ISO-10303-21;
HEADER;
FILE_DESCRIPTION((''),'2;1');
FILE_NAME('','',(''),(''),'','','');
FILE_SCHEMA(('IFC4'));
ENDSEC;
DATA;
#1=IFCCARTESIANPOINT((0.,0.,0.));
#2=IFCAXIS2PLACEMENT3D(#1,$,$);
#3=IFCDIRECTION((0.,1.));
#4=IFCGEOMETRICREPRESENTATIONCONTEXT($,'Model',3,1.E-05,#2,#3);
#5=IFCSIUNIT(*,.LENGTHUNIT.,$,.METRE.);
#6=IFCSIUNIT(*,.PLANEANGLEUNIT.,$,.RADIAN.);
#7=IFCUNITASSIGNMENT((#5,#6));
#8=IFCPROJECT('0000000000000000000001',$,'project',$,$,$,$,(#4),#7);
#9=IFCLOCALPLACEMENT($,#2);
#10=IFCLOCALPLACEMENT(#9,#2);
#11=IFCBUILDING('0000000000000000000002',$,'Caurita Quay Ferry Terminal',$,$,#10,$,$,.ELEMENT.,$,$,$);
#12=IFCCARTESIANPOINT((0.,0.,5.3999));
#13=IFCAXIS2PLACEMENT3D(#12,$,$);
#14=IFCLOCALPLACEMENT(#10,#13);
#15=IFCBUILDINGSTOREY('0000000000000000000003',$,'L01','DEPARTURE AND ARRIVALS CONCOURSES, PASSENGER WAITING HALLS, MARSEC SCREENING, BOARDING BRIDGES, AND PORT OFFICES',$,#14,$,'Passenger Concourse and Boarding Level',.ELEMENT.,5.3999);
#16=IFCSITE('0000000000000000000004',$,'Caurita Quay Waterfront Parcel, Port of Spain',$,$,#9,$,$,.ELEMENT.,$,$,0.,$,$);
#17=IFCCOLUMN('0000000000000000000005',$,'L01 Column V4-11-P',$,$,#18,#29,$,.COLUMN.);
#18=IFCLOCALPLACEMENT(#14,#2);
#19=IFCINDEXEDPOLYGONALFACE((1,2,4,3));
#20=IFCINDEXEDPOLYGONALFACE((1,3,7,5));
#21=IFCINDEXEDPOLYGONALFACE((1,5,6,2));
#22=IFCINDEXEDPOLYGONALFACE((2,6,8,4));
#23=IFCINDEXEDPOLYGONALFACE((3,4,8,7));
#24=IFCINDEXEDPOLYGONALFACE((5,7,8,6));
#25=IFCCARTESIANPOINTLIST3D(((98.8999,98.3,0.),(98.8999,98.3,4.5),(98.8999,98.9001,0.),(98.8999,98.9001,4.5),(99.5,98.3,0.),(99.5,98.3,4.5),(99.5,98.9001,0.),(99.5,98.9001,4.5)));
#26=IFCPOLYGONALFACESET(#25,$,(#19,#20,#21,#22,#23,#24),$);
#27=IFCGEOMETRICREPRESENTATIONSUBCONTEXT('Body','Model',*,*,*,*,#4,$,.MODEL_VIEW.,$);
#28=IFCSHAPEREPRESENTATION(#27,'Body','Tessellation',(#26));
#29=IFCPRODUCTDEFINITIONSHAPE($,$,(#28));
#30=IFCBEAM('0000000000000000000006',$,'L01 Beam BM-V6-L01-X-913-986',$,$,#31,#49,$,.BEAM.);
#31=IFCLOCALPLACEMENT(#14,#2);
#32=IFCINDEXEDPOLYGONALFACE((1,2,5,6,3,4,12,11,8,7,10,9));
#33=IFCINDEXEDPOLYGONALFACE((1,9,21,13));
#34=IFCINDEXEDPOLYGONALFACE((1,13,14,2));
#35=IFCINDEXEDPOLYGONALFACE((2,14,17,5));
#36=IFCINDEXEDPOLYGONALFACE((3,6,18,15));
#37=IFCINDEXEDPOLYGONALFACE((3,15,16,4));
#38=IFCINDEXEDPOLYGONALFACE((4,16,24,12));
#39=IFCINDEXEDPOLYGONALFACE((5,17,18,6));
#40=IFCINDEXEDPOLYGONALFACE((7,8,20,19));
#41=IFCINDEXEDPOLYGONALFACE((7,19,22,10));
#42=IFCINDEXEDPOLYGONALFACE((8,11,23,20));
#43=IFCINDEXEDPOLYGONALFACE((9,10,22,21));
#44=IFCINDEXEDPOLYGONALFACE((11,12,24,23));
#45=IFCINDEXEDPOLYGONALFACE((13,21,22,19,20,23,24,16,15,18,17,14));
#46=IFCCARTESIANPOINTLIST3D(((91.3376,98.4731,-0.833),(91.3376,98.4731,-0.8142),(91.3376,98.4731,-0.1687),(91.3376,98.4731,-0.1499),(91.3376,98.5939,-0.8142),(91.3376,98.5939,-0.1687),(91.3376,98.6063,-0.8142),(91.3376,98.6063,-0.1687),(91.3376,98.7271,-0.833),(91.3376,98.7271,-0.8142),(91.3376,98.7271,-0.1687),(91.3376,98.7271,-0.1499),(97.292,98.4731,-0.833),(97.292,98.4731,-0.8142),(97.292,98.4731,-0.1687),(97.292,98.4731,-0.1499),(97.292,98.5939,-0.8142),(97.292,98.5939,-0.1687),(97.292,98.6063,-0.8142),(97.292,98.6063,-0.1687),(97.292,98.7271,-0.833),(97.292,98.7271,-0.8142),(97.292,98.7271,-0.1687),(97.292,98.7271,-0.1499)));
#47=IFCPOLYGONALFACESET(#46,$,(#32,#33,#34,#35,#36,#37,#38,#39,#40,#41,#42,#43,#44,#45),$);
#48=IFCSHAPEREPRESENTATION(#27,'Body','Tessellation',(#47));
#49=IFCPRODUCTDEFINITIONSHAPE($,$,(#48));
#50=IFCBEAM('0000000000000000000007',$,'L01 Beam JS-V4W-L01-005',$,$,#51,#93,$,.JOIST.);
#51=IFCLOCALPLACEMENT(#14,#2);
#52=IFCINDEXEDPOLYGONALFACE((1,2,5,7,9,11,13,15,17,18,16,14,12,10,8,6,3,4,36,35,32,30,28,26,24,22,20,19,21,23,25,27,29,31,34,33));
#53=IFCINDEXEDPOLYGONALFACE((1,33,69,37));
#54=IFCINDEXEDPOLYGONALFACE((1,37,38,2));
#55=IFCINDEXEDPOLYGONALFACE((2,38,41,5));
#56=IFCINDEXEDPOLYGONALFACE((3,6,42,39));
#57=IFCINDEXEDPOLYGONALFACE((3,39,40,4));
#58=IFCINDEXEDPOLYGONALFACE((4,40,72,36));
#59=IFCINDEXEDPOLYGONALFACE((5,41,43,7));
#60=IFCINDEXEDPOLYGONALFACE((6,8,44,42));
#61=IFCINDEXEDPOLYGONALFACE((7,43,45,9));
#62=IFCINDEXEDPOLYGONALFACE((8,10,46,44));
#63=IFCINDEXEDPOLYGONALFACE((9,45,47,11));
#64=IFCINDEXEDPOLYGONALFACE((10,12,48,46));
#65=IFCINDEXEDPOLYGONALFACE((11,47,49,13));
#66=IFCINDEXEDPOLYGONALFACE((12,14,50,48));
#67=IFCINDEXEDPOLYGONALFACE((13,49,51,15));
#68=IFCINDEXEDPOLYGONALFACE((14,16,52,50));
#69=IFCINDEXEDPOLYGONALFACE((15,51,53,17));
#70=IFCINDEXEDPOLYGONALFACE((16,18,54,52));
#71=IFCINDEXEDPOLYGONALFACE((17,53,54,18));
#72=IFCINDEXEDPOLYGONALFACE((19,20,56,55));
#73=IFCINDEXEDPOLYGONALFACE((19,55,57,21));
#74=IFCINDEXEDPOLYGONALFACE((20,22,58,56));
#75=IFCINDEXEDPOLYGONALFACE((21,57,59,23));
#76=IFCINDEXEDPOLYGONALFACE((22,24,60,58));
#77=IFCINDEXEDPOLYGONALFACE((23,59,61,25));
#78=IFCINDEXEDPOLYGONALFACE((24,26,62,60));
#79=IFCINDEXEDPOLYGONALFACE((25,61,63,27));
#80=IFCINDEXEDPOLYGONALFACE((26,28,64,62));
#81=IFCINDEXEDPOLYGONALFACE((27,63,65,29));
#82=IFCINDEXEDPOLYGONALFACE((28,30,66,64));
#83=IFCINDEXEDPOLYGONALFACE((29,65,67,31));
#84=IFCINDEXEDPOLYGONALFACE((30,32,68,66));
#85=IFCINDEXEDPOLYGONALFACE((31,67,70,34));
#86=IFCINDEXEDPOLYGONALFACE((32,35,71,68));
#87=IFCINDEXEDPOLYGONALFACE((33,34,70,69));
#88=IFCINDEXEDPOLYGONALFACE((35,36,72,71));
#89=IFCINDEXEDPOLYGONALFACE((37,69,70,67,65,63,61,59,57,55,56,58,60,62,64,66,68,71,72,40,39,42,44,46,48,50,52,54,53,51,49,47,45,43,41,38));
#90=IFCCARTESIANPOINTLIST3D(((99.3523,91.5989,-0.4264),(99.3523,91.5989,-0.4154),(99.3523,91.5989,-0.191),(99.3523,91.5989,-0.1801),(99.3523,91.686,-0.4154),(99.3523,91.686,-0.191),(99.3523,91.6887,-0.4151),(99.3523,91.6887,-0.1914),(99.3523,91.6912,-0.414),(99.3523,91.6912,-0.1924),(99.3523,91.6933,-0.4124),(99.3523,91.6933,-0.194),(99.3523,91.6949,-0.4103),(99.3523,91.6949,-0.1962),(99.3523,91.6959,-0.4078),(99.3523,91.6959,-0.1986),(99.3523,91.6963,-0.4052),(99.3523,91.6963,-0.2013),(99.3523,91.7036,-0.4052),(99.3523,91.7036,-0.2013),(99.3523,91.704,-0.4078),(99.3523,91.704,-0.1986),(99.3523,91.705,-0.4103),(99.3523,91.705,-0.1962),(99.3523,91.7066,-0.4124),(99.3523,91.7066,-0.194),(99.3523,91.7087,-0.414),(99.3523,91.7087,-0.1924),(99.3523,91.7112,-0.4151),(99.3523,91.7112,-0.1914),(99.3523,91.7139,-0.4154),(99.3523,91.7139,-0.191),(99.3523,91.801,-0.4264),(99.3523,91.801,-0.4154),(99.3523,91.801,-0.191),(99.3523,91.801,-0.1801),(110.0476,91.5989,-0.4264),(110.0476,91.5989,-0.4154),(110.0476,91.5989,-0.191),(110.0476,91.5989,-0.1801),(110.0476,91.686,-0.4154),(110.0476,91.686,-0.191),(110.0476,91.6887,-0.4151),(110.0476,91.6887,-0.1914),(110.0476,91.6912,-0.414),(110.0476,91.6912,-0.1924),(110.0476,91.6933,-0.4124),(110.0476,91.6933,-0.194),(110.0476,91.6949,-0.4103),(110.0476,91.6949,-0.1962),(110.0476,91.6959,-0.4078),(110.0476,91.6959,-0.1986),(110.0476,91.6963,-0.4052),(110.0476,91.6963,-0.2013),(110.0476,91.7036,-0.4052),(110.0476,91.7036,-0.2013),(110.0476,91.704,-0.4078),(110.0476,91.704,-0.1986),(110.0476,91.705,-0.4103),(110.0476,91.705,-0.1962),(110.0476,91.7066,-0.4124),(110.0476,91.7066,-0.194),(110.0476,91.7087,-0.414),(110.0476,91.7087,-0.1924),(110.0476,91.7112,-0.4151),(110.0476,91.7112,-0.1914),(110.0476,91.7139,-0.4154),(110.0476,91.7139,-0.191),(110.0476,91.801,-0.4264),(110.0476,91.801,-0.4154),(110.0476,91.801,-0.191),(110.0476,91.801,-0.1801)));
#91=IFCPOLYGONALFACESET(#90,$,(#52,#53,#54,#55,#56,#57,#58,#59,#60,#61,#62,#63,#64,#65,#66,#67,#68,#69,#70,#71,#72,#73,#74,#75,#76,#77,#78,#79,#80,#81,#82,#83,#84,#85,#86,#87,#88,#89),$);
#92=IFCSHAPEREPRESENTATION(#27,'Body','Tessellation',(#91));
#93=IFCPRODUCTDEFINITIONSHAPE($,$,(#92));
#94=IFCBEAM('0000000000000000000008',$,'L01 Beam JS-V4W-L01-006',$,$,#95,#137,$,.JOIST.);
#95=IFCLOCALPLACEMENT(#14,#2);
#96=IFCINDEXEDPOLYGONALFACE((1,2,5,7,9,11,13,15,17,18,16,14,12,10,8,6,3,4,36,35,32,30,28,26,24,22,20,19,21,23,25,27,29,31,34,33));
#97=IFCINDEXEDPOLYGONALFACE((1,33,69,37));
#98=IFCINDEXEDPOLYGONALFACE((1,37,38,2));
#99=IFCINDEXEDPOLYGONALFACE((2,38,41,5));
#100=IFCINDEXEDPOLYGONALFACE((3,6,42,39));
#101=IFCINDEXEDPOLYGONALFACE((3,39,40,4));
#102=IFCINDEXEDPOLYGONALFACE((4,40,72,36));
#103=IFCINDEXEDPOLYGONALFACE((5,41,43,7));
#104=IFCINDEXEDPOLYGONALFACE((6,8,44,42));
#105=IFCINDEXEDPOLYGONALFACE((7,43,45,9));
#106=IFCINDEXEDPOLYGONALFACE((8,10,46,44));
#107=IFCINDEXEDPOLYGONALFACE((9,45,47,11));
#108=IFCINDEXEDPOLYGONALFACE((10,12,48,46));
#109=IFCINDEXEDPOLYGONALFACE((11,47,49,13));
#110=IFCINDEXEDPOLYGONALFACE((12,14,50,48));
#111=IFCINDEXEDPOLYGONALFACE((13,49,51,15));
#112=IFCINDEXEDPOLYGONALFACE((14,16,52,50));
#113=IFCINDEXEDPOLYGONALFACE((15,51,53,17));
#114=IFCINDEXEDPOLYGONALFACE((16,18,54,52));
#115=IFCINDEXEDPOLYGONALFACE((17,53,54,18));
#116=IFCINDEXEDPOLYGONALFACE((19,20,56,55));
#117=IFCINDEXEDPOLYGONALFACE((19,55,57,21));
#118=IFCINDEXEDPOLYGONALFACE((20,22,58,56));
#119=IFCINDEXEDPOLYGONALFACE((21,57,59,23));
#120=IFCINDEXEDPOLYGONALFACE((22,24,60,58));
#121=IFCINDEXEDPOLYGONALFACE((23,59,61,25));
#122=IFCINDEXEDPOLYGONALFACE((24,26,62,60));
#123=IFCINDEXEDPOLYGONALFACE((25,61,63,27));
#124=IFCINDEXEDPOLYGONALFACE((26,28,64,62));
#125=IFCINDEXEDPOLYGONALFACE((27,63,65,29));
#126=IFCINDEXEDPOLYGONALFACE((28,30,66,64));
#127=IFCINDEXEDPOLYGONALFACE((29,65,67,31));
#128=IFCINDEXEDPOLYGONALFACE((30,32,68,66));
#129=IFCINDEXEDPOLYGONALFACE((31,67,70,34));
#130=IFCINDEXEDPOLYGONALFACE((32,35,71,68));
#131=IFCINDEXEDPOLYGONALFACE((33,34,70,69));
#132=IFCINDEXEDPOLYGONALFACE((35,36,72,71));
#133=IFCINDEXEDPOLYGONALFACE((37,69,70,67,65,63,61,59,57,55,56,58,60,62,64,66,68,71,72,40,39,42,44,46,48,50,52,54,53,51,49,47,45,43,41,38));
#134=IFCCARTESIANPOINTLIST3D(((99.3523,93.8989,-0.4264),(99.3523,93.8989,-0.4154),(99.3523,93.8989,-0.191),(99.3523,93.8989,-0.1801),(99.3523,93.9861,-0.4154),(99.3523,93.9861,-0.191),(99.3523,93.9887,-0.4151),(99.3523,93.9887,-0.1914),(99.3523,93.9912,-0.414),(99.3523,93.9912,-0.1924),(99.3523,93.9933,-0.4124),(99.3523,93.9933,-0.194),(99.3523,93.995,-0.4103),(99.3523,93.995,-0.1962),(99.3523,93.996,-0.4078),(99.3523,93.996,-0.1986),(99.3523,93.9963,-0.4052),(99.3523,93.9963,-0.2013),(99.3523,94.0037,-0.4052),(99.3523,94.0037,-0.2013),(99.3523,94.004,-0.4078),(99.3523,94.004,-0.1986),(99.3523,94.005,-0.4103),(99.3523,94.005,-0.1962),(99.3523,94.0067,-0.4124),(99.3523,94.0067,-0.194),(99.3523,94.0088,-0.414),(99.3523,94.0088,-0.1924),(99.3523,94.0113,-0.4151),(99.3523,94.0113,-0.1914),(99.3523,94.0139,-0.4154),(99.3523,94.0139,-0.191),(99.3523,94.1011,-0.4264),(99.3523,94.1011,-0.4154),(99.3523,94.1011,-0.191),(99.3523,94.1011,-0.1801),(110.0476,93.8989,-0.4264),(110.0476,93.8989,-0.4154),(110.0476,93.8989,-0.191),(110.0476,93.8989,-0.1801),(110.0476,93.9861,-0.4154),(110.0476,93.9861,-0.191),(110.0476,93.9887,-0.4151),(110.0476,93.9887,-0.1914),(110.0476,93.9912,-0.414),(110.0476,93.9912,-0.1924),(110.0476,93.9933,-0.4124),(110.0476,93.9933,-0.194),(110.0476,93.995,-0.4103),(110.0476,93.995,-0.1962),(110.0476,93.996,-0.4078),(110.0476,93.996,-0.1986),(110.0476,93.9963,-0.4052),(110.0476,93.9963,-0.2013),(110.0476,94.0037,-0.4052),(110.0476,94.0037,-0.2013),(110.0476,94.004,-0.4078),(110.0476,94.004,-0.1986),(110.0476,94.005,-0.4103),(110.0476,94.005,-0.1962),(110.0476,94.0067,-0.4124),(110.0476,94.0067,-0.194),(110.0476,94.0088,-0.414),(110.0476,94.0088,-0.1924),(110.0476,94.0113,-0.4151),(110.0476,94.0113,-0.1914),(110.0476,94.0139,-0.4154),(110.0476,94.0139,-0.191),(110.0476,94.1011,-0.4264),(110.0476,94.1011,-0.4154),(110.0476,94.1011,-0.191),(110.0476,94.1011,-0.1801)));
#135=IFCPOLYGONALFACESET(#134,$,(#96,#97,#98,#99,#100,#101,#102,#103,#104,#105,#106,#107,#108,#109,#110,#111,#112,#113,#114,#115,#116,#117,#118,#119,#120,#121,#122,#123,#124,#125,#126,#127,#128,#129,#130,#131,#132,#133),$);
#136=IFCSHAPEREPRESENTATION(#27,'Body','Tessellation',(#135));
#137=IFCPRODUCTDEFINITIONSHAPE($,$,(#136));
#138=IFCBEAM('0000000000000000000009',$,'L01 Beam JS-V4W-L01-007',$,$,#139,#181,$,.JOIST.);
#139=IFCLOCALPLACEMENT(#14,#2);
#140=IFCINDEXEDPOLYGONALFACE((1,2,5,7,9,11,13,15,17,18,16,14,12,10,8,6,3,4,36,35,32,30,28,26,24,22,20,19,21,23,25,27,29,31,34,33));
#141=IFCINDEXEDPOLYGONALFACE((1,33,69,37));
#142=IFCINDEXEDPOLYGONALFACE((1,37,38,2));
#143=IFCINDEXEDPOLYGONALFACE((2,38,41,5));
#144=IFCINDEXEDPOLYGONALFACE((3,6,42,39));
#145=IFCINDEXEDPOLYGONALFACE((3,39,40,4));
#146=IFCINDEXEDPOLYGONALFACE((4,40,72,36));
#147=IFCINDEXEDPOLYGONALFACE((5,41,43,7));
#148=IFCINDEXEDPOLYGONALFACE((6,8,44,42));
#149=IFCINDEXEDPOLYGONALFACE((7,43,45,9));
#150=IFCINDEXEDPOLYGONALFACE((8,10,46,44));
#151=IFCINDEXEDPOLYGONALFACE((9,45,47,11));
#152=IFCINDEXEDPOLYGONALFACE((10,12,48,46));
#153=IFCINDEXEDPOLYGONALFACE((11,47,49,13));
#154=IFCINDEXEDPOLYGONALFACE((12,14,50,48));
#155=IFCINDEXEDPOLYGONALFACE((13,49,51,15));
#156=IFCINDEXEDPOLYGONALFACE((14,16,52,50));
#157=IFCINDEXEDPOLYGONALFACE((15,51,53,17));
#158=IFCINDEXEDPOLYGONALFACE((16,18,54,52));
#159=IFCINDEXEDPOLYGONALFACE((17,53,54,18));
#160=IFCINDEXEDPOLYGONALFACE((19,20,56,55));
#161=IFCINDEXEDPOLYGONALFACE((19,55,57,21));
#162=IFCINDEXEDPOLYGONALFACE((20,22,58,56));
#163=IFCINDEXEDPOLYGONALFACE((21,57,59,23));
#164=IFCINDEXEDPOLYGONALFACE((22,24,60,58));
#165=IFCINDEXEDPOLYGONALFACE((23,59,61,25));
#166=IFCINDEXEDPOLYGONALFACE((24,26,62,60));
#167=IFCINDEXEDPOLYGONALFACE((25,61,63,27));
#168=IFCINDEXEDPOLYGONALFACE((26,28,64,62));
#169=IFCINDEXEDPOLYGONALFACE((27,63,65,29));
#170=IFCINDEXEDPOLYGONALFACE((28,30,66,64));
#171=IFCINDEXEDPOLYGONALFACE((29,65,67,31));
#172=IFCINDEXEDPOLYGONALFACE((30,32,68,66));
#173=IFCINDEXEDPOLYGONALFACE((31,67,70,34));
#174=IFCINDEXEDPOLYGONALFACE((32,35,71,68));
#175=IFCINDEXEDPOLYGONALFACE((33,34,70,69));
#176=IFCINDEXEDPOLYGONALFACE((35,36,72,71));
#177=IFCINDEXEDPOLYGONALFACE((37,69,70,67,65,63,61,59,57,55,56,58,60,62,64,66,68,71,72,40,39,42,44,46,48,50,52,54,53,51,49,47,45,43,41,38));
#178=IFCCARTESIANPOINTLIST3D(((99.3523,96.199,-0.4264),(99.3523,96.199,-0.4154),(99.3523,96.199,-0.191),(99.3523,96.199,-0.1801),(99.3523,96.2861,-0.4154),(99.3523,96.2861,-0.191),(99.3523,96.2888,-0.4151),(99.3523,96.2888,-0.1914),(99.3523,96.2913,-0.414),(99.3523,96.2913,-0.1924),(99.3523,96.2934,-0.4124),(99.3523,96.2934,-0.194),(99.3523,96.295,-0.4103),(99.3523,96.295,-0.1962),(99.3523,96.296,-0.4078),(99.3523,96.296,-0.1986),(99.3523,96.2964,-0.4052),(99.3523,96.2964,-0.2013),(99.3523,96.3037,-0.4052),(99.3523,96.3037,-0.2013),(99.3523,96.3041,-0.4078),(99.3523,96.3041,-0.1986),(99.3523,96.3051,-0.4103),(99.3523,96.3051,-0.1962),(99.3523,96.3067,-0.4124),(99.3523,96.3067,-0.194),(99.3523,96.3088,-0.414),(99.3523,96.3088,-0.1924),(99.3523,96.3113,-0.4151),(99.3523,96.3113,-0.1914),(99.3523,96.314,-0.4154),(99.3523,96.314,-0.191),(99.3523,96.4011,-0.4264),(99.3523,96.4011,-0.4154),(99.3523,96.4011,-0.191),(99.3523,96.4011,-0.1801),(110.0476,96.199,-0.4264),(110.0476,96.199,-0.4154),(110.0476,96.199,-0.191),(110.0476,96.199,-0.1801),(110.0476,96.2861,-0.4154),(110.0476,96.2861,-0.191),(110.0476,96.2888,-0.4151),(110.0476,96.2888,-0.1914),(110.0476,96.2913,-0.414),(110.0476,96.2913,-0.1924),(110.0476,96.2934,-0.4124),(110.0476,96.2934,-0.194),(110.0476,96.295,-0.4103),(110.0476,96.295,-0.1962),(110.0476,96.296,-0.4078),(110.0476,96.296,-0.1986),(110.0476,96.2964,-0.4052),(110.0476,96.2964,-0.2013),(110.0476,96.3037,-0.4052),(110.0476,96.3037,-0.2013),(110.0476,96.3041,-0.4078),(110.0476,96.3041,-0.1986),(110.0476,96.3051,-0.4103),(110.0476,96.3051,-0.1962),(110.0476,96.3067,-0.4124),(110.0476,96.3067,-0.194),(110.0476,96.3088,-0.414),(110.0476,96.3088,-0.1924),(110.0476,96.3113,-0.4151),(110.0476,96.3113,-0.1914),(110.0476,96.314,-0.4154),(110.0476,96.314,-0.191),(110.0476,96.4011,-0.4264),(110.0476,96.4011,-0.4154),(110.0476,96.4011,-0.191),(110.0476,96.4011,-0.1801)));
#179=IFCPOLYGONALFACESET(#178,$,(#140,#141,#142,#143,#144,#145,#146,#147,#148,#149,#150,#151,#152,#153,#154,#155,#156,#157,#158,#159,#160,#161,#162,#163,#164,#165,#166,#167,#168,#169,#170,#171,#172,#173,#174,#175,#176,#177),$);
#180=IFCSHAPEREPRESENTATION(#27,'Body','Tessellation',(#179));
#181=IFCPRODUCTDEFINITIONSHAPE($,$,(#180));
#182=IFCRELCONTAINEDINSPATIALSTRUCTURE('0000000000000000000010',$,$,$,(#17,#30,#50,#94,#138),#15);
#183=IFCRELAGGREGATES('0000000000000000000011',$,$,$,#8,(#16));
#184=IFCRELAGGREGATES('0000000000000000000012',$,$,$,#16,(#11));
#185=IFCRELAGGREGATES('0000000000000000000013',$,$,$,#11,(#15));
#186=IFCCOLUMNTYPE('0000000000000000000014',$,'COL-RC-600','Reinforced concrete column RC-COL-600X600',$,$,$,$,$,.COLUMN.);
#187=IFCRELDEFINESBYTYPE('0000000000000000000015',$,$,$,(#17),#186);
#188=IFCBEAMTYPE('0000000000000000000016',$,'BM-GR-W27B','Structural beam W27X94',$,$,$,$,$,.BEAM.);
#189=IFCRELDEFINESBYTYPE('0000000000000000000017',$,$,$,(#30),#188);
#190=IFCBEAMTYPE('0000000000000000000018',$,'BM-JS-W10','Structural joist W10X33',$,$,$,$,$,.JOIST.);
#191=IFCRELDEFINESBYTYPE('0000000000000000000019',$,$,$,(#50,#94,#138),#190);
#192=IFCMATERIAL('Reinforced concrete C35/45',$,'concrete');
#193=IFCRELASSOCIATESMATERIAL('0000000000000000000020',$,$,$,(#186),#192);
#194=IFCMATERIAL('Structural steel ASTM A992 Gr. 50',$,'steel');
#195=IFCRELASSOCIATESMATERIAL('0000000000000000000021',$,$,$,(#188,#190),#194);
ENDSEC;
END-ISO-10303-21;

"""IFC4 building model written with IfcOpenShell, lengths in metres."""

from ifc_helpers import new_model, si_unit, direction, frame, origin, origin_2d, place, context, subcontext, project, spatial, rectangle, i_section, extrude, material, material_profile, profile_set, type_object, element, save


model = new_model("IFC4")

# Units and contexts
model_context = context("Model", 3, precision=1e-05, world=origin(), true_north=direction((0.0, 1.0)))
body_context = subcontext(model_context, "Body", "Model", "MODEL_VIEW")
ifc_project = project(units=[si_unit("LENGTHUNIT", "METRE"), si_unit("PLANEANGLEUNIT", "RADIAN")], contexts=[model_context])

# Site, building, storey
site_placement = place(None, origin())
site = spatial("IfcSite", under=ifc_project, at=site_placement, Name="Caurita Quay Waterfront Parcel, Port of Spain", CompositionType="ELEMENT", RefElevation=0.0)
building_placement = place(site_placement, origin())
building = spatial("IfcBuilding", under=site, at=building_placement, Name="Caurita Quay Ferry Terminal", CompositionType="ELEMENT")
storey_placement = place(building_placement, frame((0.0, 0.0, 5.3999)))
storey = spatial("IfcBuildingStorey", under=building, at=storey_placement, Name="L01", Description="DEPARTURE AND ARRIVALS CONCOURSES, PASSENGER WAITING HALLS, MARSEC SCREENING, BOARDING BRIDGES, AND PORT OFFICES", LongName="Passenger Concourse and Boarding Level", CompositionType="ELEMENT", Elevation=5.3999)

# Column
ifc_material_1 = material(Name="Reinforced concrete C35/45", Category="concrete")
ifc_material_profile_1 = material_profile(ifc_material_1, rectangle(XDim=0.6001, YDim=0.6001, at=origin_2d()), Name="RC-COL-600X600")
ifc_profile_set_1 = profile_set([ifc_material_profile_1], Name="Reinforced concrete C35/45")
column_type = type_object("IfcColumnType", Name="COL-RC-600", Description="Reinforced concrete column RC-COL-600X600", PredefinedType="COLUMN", material=ifc_profile_set_1)
column_placement = place(storey_placement, frame((99.2, 98.6001, 0.0), z_axis=(0.0, 0.0, 1.0), x_axis=(1.0, 0.0, 0.0)))
element("IfcColumn", 1, at=column_placement, inside=storey, type_object=column_type, Name="L01 Column V4-11-P", PredefinedType="COLUMN", context=body_context, shape_type="SweptSolid", body=[
    extrude(rectangle(XDim=0.6001, YDim=0.6001, at=origin_2d()), origin(), (0.0, 0.0, 1.0), 4.5),
])

# Beams
ifc_material_2 = material(Name="Structural steel ASTM A992 Gr. 50", Category="steel")
ifc_material_profile_2 = material_profile(ifc_material_2, i_section(OverallWidth=0.2539, OverallDepth=0.6831, WebThickness=0.0125, FlangeThickness=0.0188, at=origin_2d()), Name="W27X94")
ifc_profile_set_2 = profile_set([ifc_material_profile_2], Name="Structural steel ASTM A992 Gr. 50")
beam_type_1 = type_object("IfcBeamType", Name="BM-GR-W27B", Description="Structural beam W27X94", PredefinedType="BEAM", material=ifc_profile_set_2)
beam_1_placement = place(storey_placement, frame((91.3376, 98.6001, -0.4915), z_axis=(1.0, 0.0, 0.0), x_axis=(0.0, 1.0, 0.0)))
element("IfcBeam", 2, at=beam_1_placement, inside=storey, type_object=beam_type_1, Name="L01 Beam BM-V6-L01-X-913-986", PredefinedType="BEAM", context=body_context, shape_type="SweptSolid", body=[
    extrude(i_section(OverallWidth=0.2539, OverallDepth=0.6831, WebThickness=0.0125, FlangeThickness=0.0188, at=origin_2d()), origin(), (0.0, 0.0, 1.0), 5.9543),
])
ifc_material_profile_3 = material_profile(ifc_material_2, i_section(OverallWidth=0.2021, OverallDepth=0.2463, WebThickness=0.0073, FlangeThickness=0.011, FilletRadius=0.0103, at=origin_2d()), Name="W10X33")
ifc_profile_set_3 = profile_set([ifc_material_profile_3], Name="Structural steel ASTM A992 Gr. 50")
beam_type_2 = type_object("IfcBeamType", Name="BM-JS-W10", Description="Structural joist W10X33", PredefinedType="JOIST", material=ifc_profile_set_3)
for number, where, z_axis, x_axis, name in (
    (3, (99.3523, 91.7, -0.3032), (1.0, 0.0, 0.0), (0.0, 1.0, 0.0), "L01 Beam JS-V4W-L01-005"),
    (4, (99.3523, 94.0, -0.3032), (1.0, 0.0, 0.0), (0.0, 1.0, 0.0), "L01 Beam JS-V4W-L01-006"),
    (5, (99.3523, 96.3, -0.3032), (1.0, 0.0, 0.0), (0.0, 1.0, 0.0), "L01 Beam JS-V4W-L01-007"),
):
    element("IfcBeam", number, at=place(storey_placement, frame(where, z_axis=z_axis, x_axis=x_axis)), inside=storey, type_object=beam_type_2, Name=name, PredefinedType="JOIST", context=body_context, shape_type="SweptSolid", body=[
        extrude(i_section(OverallWidth=0.2021, OverallDepth=0.2463, WebThickness=0.0073, FlangeThickness=0.011, FilletRadius=0.0103, at=origin_2d()), origin(), (0.0, 0.0, 1.0), 10.6953),
    ])

save(model, "model.ifc")
